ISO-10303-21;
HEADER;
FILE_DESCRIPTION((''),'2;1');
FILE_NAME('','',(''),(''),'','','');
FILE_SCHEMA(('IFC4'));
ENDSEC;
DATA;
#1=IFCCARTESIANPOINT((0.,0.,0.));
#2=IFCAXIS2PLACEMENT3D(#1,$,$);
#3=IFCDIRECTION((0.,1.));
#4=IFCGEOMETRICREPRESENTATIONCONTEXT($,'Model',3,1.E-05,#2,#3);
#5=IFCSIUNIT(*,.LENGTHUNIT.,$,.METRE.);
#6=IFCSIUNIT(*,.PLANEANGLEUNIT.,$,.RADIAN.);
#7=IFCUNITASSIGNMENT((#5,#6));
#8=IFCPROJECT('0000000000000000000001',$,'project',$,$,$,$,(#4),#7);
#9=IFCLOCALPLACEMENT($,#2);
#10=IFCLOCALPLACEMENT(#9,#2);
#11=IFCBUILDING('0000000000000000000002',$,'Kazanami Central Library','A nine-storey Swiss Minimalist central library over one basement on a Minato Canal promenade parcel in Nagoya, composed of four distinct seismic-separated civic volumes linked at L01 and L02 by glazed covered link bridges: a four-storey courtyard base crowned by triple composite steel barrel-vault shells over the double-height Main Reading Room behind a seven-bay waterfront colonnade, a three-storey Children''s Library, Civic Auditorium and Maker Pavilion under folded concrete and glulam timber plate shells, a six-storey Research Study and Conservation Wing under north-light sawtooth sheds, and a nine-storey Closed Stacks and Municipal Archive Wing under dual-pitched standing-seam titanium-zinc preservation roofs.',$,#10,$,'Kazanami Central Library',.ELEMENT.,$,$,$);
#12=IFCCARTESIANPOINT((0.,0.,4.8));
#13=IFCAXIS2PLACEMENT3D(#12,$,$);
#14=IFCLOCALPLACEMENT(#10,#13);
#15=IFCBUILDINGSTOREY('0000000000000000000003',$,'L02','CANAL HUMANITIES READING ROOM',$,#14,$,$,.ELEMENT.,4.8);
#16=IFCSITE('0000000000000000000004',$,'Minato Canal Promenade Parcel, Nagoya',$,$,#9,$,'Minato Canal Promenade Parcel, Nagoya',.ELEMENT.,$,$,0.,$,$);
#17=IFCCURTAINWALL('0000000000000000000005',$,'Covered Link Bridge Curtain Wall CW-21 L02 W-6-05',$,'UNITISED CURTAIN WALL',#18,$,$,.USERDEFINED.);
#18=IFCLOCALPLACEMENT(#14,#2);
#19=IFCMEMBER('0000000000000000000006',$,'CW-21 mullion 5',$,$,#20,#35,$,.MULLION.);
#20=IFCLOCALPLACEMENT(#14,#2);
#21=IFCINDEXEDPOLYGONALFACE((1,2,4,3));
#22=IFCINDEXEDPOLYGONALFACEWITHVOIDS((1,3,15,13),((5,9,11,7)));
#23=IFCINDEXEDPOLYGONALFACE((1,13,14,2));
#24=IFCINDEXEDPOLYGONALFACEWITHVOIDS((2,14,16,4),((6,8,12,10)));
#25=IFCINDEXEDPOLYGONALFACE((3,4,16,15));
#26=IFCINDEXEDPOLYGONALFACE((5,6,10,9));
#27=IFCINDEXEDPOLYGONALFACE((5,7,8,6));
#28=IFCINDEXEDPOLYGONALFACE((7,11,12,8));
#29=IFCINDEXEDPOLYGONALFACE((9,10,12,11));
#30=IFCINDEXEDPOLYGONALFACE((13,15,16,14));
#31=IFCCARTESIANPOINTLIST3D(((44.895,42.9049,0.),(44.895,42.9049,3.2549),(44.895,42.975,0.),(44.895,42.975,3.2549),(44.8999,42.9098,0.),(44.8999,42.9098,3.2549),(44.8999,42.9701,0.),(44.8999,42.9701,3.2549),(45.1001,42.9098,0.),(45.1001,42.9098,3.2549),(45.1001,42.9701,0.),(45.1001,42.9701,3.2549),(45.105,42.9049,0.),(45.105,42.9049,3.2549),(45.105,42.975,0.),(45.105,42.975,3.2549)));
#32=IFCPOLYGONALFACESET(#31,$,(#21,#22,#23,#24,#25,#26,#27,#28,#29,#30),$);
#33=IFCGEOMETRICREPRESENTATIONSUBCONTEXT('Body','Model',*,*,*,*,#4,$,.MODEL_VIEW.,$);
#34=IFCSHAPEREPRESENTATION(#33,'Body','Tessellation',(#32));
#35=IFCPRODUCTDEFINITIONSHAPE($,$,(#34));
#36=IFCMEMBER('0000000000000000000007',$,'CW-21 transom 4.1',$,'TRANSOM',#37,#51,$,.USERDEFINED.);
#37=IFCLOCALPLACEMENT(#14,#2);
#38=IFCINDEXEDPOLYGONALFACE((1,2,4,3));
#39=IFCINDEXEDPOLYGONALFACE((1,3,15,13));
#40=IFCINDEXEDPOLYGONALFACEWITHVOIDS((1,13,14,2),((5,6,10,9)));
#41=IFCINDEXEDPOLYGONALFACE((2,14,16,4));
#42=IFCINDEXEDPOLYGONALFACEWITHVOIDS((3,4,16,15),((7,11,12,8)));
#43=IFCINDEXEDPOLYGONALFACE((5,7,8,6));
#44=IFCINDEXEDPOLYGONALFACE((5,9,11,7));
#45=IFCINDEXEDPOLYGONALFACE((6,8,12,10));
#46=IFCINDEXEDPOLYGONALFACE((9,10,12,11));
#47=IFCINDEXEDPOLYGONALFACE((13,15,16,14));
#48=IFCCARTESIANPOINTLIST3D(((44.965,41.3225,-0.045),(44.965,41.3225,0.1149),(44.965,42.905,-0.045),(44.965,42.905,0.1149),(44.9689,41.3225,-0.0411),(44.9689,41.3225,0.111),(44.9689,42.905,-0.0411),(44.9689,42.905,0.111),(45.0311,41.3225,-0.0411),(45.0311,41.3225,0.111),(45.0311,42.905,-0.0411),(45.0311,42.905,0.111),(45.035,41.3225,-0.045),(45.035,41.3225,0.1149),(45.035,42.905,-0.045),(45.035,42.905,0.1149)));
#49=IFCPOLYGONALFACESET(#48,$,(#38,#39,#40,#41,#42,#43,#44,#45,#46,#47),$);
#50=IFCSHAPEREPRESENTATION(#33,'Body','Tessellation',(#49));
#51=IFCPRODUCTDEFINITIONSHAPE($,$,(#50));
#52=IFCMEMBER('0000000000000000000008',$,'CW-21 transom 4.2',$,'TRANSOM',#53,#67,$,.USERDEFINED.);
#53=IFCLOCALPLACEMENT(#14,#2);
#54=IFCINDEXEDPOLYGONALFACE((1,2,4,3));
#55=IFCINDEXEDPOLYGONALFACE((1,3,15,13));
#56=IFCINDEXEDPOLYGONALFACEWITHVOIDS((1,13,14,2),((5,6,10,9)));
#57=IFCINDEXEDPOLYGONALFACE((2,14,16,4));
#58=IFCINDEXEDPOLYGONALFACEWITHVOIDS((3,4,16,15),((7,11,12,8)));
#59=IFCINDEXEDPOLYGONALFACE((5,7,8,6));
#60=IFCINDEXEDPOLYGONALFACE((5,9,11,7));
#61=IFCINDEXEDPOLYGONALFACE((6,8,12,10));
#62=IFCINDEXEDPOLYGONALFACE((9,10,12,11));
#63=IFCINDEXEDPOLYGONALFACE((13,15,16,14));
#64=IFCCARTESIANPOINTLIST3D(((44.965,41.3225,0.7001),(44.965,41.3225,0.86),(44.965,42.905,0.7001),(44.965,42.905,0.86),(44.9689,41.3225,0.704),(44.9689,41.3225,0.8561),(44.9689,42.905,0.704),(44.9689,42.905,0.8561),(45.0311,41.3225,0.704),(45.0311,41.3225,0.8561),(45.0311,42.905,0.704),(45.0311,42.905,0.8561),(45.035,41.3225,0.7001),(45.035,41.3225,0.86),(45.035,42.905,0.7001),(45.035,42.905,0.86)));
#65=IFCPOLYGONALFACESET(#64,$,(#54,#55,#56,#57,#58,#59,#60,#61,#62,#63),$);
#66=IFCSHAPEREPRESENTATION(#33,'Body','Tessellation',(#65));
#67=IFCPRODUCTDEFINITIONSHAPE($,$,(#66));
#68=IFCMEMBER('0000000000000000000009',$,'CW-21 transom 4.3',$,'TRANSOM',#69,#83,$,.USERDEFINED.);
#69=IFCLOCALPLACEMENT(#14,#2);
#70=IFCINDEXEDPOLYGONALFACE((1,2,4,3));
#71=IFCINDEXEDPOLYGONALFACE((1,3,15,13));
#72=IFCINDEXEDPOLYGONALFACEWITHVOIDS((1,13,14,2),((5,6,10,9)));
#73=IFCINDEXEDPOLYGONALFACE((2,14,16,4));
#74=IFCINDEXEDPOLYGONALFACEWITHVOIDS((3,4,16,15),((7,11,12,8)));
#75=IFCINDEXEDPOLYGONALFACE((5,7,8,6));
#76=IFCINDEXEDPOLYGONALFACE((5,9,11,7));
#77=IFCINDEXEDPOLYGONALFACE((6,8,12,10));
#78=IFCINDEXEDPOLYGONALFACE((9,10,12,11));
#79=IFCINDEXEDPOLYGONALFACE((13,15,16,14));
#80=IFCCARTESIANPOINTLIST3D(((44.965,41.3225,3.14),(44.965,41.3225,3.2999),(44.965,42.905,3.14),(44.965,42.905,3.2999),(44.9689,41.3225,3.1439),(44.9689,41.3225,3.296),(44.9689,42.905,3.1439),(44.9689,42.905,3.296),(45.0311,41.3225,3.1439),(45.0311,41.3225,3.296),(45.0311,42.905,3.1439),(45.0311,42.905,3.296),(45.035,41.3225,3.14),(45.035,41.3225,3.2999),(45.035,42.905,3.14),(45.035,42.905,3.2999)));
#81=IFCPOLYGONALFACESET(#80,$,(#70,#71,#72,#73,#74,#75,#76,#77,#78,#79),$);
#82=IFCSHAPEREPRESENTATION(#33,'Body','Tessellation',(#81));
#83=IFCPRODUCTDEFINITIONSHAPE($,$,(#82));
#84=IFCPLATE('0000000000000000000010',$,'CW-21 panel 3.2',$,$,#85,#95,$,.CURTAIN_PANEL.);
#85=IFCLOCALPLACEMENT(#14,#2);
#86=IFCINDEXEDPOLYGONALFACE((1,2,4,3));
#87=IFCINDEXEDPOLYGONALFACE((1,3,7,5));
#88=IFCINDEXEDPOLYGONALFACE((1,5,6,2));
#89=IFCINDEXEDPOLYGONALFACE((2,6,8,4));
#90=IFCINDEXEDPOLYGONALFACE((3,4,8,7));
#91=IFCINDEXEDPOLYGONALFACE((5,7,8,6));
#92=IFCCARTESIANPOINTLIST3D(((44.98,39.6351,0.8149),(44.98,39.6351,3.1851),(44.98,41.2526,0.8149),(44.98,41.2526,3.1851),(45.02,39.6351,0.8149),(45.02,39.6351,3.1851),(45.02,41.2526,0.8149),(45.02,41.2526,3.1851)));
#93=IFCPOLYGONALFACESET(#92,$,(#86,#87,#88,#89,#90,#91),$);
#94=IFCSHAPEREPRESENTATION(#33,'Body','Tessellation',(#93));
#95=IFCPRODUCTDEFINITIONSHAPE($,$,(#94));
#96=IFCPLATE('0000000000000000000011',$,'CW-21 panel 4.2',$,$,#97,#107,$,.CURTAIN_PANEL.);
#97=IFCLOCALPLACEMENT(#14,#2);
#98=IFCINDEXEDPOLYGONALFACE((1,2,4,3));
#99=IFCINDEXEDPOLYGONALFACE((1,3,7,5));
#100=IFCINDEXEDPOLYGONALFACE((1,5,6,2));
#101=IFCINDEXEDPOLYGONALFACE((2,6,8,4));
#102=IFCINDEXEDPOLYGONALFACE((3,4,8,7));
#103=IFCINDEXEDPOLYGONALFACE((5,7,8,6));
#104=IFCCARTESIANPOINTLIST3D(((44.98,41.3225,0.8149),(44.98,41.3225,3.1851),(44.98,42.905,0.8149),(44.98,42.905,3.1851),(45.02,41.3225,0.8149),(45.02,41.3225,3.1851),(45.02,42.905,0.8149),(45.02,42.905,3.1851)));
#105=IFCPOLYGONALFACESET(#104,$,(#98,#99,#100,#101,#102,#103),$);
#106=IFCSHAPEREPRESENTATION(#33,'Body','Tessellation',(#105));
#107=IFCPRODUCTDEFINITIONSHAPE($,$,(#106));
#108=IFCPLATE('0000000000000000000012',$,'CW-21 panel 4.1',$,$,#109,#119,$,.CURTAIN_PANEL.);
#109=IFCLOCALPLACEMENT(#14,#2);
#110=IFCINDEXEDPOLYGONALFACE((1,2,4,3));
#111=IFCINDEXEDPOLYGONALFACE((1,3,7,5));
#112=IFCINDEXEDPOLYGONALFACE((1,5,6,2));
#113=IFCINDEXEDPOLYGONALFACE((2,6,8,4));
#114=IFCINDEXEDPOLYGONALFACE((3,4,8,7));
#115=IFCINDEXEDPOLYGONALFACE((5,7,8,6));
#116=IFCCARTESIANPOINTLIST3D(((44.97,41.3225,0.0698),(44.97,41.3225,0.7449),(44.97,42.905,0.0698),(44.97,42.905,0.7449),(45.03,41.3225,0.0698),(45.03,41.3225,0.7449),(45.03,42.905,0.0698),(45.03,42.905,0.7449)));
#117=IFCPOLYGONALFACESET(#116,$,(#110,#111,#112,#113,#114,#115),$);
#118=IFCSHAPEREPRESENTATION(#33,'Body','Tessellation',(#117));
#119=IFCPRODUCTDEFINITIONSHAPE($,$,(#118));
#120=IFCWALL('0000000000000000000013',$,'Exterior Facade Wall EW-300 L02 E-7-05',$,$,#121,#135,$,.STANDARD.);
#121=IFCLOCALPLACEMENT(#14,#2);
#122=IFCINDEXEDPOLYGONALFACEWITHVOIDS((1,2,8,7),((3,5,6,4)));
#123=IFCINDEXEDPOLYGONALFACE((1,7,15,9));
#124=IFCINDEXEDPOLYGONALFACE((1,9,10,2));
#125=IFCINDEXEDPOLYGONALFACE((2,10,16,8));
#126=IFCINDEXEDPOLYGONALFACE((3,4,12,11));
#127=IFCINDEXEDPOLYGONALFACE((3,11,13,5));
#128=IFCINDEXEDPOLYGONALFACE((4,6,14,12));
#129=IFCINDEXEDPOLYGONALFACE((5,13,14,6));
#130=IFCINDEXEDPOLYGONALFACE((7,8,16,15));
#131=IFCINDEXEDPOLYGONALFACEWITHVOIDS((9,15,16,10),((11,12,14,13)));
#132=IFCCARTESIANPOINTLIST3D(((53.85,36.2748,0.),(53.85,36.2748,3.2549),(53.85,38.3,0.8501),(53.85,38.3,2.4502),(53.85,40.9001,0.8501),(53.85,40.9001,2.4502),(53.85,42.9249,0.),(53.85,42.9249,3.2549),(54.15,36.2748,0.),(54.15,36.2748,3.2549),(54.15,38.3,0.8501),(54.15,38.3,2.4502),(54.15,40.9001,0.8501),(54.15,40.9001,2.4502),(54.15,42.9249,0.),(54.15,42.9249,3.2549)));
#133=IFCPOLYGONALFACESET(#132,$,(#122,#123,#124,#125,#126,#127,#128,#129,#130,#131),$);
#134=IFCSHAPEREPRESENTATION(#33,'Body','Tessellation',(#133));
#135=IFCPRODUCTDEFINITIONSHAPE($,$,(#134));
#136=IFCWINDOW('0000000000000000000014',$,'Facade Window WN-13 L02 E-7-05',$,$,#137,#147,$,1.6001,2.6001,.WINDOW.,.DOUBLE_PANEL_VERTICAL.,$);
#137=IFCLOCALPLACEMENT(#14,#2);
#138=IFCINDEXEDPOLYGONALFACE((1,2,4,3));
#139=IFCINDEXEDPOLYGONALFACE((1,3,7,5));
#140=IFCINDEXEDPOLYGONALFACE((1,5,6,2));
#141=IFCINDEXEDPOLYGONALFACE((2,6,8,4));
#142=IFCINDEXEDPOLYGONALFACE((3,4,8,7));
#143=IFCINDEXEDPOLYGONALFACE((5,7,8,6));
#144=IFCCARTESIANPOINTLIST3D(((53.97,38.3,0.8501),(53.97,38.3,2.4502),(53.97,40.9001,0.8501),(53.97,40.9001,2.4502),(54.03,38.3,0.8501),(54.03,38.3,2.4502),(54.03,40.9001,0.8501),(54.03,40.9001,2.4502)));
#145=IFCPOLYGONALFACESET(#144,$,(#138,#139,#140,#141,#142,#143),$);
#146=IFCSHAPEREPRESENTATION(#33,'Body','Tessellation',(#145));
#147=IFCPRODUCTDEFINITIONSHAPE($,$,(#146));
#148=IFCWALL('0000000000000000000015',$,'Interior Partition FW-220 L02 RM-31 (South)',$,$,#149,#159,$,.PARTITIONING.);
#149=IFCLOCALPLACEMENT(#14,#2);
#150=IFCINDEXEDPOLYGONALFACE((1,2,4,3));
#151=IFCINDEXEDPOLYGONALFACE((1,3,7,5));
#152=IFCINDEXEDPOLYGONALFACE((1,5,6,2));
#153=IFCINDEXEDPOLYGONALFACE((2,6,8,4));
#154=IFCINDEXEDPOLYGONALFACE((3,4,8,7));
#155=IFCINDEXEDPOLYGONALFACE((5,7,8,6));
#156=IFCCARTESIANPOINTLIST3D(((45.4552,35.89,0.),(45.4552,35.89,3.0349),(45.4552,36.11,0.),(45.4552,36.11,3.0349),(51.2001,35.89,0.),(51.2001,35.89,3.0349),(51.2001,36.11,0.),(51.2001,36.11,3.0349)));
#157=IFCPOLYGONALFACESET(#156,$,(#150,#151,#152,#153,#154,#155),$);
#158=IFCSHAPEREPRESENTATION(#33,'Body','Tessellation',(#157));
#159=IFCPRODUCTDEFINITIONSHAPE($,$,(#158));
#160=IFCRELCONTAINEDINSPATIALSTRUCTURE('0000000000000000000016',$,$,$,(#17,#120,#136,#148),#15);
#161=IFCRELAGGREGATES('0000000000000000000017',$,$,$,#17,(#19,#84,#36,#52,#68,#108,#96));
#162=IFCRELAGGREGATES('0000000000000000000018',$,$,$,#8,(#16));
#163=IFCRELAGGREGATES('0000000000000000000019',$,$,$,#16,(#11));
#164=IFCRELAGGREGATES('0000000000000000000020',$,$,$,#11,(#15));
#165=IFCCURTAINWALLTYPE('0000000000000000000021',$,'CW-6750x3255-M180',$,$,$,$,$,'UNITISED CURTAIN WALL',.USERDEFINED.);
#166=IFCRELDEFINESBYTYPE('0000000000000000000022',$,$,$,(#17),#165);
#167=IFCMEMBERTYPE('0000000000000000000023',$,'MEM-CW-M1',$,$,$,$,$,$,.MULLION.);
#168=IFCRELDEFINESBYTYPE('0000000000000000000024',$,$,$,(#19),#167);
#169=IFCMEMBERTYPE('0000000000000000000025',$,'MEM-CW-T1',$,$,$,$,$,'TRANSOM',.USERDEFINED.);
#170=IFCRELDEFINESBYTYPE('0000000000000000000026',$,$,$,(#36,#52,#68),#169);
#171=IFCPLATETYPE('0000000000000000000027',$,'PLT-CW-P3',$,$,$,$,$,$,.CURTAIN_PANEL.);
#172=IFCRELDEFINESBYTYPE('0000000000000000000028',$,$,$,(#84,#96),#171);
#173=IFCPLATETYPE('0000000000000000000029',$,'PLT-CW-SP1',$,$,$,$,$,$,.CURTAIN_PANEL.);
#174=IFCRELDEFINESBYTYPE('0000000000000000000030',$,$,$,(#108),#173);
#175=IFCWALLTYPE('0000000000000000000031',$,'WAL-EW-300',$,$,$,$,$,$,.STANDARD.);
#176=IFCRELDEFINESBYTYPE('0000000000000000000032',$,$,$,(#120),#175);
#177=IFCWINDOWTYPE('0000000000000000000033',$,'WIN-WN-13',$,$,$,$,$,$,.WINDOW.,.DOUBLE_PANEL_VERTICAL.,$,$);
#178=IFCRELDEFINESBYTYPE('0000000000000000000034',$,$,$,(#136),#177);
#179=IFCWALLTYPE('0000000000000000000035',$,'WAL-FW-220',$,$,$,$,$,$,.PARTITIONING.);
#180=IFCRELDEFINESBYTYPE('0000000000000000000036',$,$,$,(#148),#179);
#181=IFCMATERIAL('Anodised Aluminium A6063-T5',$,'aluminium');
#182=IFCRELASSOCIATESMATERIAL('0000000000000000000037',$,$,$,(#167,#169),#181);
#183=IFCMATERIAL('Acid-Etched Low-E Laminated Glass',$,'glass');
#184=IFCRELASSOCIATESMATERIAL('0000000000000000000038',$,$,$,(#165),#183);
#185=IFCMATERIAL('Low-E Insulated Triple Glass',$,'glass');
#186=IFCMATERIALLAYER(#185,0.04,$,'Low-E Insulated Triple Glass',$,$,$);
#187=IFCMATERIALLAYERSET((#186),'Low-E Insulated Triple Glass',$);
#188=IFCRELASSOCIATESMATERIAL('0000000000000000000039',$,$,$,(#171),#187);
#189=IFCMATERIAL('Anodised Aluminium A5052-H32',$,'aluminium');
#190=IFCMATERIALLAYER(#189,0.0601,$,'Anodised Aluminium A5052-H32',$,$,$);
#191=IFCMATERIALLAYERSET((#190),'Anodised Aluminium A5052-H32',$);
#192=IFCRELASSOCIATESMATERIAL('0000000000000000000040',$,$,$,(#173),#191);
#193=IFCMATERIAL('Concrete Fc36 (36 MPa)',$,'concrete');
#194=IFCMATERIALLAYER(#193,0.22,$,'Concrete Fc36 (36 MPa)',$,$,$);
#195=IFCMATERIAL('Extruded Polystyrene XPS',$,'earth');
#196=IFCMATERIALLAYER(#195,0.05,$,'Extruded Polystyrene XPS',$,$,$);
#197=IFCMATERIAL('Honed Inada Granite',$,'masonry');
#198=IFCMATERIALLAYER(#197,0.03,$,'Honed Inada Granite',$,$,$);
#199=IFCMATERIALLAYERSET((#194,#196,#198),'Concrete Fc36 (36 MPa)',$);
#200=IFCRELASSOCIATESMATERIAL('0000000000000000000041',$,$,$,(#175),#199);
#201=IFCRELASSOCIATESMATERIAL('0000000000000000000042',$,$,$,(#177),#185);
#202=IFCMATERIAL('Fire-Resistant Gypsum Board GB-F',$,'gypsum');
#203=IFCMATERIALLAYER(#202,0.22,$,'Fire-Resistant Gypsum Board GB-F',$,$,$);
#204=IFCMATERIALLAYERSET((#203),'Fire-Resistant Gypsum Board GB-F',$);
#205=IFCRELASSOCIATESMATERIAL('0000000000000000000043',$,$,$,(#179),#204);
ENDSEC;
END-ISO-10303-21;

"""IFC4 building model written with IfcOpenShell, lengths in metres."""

from ifc_helpers import new_model, si_unit, direction, frame, frame_2d, origin, origin_2d, place, context, subcontext, project, spatial, rectangle, hollow_rectangle, extrude, material, layer, layer_set, material_profile, profile_set, type_object, element, fill, aggregate, save


model = new_model("IFC4")

# Units and contexts
model_context = context("Model", 3, precision=1e-05, world=origin(), true_north=direction((0.0, 1.0)))
body_context = subcontext(model_context, "Body", "Model", "MODEL_VIEW")
ifc_project = project(units=[si_unit("LENGTHUNIT", "METRE"), si_unit("PLANEANGLEUNIT", "RADIAN")], contexts=[model_context])

# Site, building, storey
site_placement = place(None, origin())
site = spatial("IfcSite", under=ifc_project, at=site_placement, Name="Minato Canal Promenade Parcel, Nagoya", LongName="Minato Canal Promenade Parcel, Nagoya", CompositionType="ELEMENT", RefElevation=0.0)
building_placement = place(site_placement, origin())
building = spatial("IfcBuilding", under=site, at=building_placement, Name="Kazanami Central Library", Description="A nine-storey Swiss Minimalist central library over one basement on a Minato Canal promenade parcel in Nagoya, composed of four distinct seismic-separated civic volumes linked at L01 and L02 by glazed covered link bridges: a four-storey courtyard base crowned by triple composite steel barrel-vault shells over the double-height Main Reading Room behind a seven-bay waterfront colonnade, a three-storey Children's Library, Civic Auditorium and Maker Pavilion under folded concrete and glulam timber plate shells, a six-storey Research Study and Conservation Wing under north-light sawtooth sheds, and a nine-storey Closed Stacks and Municipal Archive Wing under dual-pitched standing-seam titanium-zinc preservation roofs.", LongName="Kazanami Central Library", CompositionType="ELEMENT")
storey_placement = place(building_placement, frame((0.0, 0.0, 4.8)))
storey = spatial("IfcBuildingStorey", under=building, at=storey_placement, Name="L02", Description="CANAL HUMANITIES READING ROOM", CompositionType="ELEMENT", Elevation=4.8)

# Shared definitions
ifc_material_1 = material(Name="Acid-Etched Low-E Laminated Glass", Category="glass")
ifc_material_2 = material(Name="Anodised Aluminium A6063-T5", Category="aluminium")
ifc_material_profile_1 = material_profile(ifc_material_2, hollow_rectangle(XDim=0.0701, YDim=0.21, WallThickness=0.0049, at=origin_2d()), Name="ALU-MULL-70x210x5")
ifc_profile_set_1 = profile_set([ifc_material_profile_1], Name="Anodised Aluminium A6063-T5")
member_type_1 = type_object("IfcMemberType", Name="MEM-CW-M1", PredefinedType="MULLION", material=ifc_profile_set_1)

# Curtain wall, members, plates
curtain_wall_type_1 = type_object("IfcCurtainWallType", Name="CW-6750x3255-M180", ElementType="UNITISED CURTAIN WALL", PredefinedType="USERDEFINED", material=ifc_material_1)
curtain_wall_1_placement = place(storey_placement, origin())
curtain_wall_1 = element("IfcCurtainWall", 1, at=curtain_wall_1_placement, inside=storey, type_object=curtain_wall_type_1, Name="Covered Link Bridge Curtain Wall CW-21 L02 W-6-05", ObjectType="UNITISED CURTAIN WALL", PredefinedType="USERDEFINED")
member_1_placement = place(storey_placement, frame((45.0, 42.9399, 0.0), z_axis=(0.0, 0.0, 1.0), x_axis=(0.0, 1.0, 0.0)))
member_1 = element("IfcMember", 2, at=member_1_placement, type_object=member_type_1, Name="CW-21 mullion 5", PredefinedType="MULLION", context=body_context, shape_type="SweptSolid", body=[
    extrude(hollow_rectangle(XDim=0.0701, YDim=0.21, WallThickness=0.0049, at=origin_2d()), origin(), (0.0, 0.0, 1.0), 3.2549),
])
ifc_material_profile_2 = material_profile(ifc_material_2, hollow_rectangle(XDim=0.0701, YDim=0.1599, WallThickness=0.0039, at=origin_2d()), Name="ALU-TRAN-70x160x4")
ifc_profile_set_2 = profile_set([ifc_material_profile_2], Name="Anodised Aluminium A6063-T5")
member_type_2 = type_object("IfcMemberType", Name="MEM-CW-T1", ElementType="TRANSOM", PredefinedType="USERDEFINED", material=ifc_profile_set_2)
member_2_placement = place(storey_placement, frame((45.0, 41.3225, 0.0349), z_axis=(0.0, 1.0, 0.0), x_axis=(-1.0, 0.0, 0.0)))
member_2 = element("IfcMember", 3, at=member_2_placement, type_object=member_type_2, Name="CW-21 transom 4.1", ObjectType="TRANSOM", PredefinedType="USERDEFINED", context=body_context, shape_type="SweptSolid", body=[
    extrude(hollow_rectangle(XDim=0.0701, YDim=0.1599, WallThickness=0.0039, at=origin_2d()), origin(), (0.0, 0.0, 1.0), 1.5825),
])
member_3_placement = place(storey_placement, frame((45.0, 41.3225, 0.78), z_axis=(0.0, 1.0, 0.0), x_axis=(-1.0, 0.0, 0.0)))
member_3 = element("IfcMember", 4, at=member_3_placement, type_object=member_type_2, Name="CW-21 transom 4.2", ObjectType="TRANSOM", PredefinedType="USERDEFINED", context=body_context, shape_type="SweptSolid", body=[
    extrude(hollow_rectangle(XDim=0.0701, YDim=0.1599, WallThickness=0.0039, at=origin_2d()), origin(), (0.0, 0.0, 1.0), 1.5825),
])
member_4_placement = place(storey_placement, frame((45.0, 41.3225, 3.22), z_axis=(0.0, 1.0, 0.0), x_axis=(-1.0, 0.0, 0.0)))
member_4 = element("IfcMember", 5, at=member_4_placement, type_object=member_type_2, Name="CW-21 transom 4.3", ObjectType="TRANSOM", PredefinedType="USERDEFINED", context=body_context, shape_type="SweptSolid", body=[
    extrude(hollow_rectangle(XDim=0.0701, YDim=0.1599, WallThickness=0.0039, at=origin_2d()), origin(), (0.0, 0.0, 1.0), 1.5825),
])
ifc_material_3 = material(Name="Low-E Insulated Triple Glass", Category="glass")
ifc_layer_1 = layer(ifc_material_3, 0.04, Name="Low-E Insulated Triple Glass")
ifc_layer_set_1 = layer_set([ifc_layer_1], Name="Low-E Insulated Triple Glass")
plate_type_1 = type_object("IfcPlateType", Name="PLT-CW-P3", PredefinedType="CURTAIN_PANEL", material=ifc_layer_set_1)
plate_1_placement = place(storey_placement, frame((45.0, 40.4438, 0.8149), z_axis=(0.0, 0.0, 1.0), x_axis=(0.0, 1.0, 0.0)))
plate_1 = element("IfcPlate", 6, at=plate_1_placement, type_object=plate_type_1, Name="CW-21 panel 3.2", PredefinedType="CURTAIN_PANEL", context=body_context, shape_type="SweptSolid", body=[
    extrude(rectangle(XDim=1.6174, YDim=0.04, at=origin_2d()), origin(), (0.0, 0.0, 1.0), 2.3701),
])
plate_2_placement = place(storey_placement, frame((45.0, 42.1138, 0.8149), z_axis=(0.0, 0.0, 1.0), x_axis=(0.0, 1.0, 0.0)))
plate_2 = element("IfcPlate", 7, at=plate_2_placement, type_object=plate_type_1, Name="CW-21 panel 4.2", PredefinedType="CURTAIN_PANEL", context=body_context, shape_type="SweptSolid", body=[
    extrude(rectangle(XDim=1.5825, YDim=0.04, at=origin_2d()), origin(), (0.0, 0.0, 1.0), 2.3701),
])
ifc_material_4 = material(Name="Anodised Aluminium A5052-H32", Category="aluminium")
ifc_layer_2 = layer(ifc_material_4, 0.0601, Name="Anodised Aluminium A5052-H32")
ifc_layer_set_2 = layer_set([ifc_layer_2], Name="Anodised Aluminium A5052-H32")
plate_type_2 = type_object("IfcPlateType", Name="PLT-CW-SP1", PredefinedType="CURTAIN_PANEL", material=ifc_layer_set_2)
plate_3_placement = place(storey_placement, frame((45.0, 42.1138, 0.0698), z_axis=(0.0, 0.0, 1.0), x_axis=(0.0, 1.0, 0.0)))
plate_3 = element("IfcPlate", 8, at=plate_3_placement, type_object=plate_type_2, Name="CW-21 panel 4.1", PredefinedType="CURTAIN_PANEL", context=body_context, shape_type="SweptSolid", body=[
    extrude(rectangle(XDim=1.5825, YDim=0.0601, at=origin_2d()), origin(), (0.0, 0.0, 1.0), 0.675),
])
aggregate(curtain_wall_1, [member_1, plate_1, member_2, member_3, member_4, plate_3, plate_2])

# Wall, opening, window
ifc_material_5 = material(Name="Concrete Fc36 (36 MPa)", Category="concrete")
ifc_layer_3 = layer(ifc_material_5, 0.22, Name="Concrete Fc36 (36 MPa)")
ifc_material_6 = material(Name="Extruded Polystyrene XPS", Category="earth")
ifc_layer_4 = layer(ifc_material_6, 0.05, Name="Extruded Polystyrene XPS")
ifc_material_7 = material(Name="Honed Inada Granite", Category="masonry")
ifc_layer_5 = layer(ifc_material_7, 0.03, Name="Honed Inada Granite")
ifc_layer_set_3 = layer_set([ifc_layer_3, ifc_layer_4, ifc_layer_5], Name="Concrete Fc36 (36 MPa)")
wall_type_1 = type_object("IfcWallType", Name="WAL-EW-300", PredefinedType="STANDARD", material=ifc_layer_set_3)
wall_1_placement = place(storey_placement, frame((54.0, 42.925, 0.0), z_axis=(0.0, 0.0, 1.0), x_axis=(0.0, -1.0, 0.0)))
wall_1 = element("IfcWall", 9, at=wall_1_placement, inside=storey, type_object=wall_type_1, Name="Exterior Facade Wall EW-300 L02 E-7-05", PredefinedType="STANDARD", context=body_context, shape_type="SweptSolid", body=[
    extrude(rectangle(XDim=6.6501, YDim=0.3, at=frame_2d((3.3252, 0.0))), origin(), (0.0, 0.0, 1.0), 3.2549),
])
opening_1_placement = place(wall_1_placement, frame((2.0249, 0.0, 0.8501)))
opening_1 = element("IfcOpeningElement", 10, at=opening_1_placement, cuts=wall_1, PredefinedType="OPENING", context=body_context, shape_type="SweptSolid", body=[
    extrude(rectangle(XDim=2.6001, YDim=1.6001, at=frame_2d((1.3, 0.8))), frame((0.0, 0.1621, 0.0), z_axis=(0.0, -1.0, 0.0), x_axis=(1.0, 0.0, 0.0)), (0.0, 0.0, 1.0), 0.324),
])
window_type = type_object("IfcWindowType", Name="WIN-WN-13", PartitioningType="DOUBLE_PANEL_VERTICAL", PredefinedType="WINDOW", material=ifc_material_3)
window_placement = place(opening_1_placement, origin())
window = element("IfcWindow", 11, at=window_placement, inside=storey, type_object=window_type, Name="Facade Window WN-13 L02 E-7-05", OverallHeight=1.6001, OverallWidth=2.6001, PartitioningType="DOUBLE_PANEL_VERTICAL", PredefinedType="WINDOW", context=body_context, shape_type="SweptSolid", body=[
    extrude(rectangle(XDim=2.6001, YDim=1.6001, at=frame_2d((1.3, 0.8))), frame((0.0, 0.03, 0.0), z_axis=(0.0, -1.0, 0.0), x_axis=(1.0, 0.0, 0.0)), (0.0, 0.0, 1.0), 0.0601),
])
fill(opening_1, window)

# Wall
ifc_material_8 = material(Name="Fire-Resistant Gypsum Board GB-F", Category="gypsum")
ifc_layer_6 = layer(ifc_material_8, 0.22, Name="Fire-Resistant Gypsum Board GB-F")
ifc_layer_set_4 = layer_set([ifc_layer_6], Name="Fire-Resistant Gypsum Board GB-F")
wall_type_2 = type_object("IfcWallType", Name="WAL-FW-220", PredefinedType="PARTITIONING", material=ifc_layer_set_4)
wall_2_placement = place(storey_placement, frame((45.4551, 36.0, 0.0), z_axis=(0.0, 0.0, 1.0), x_axis=(1.0, 0.0, 0.0)))
element("IfcWall", 12, at=wall_2_placement, inside=storey, type_object=wall_type_2, Name="Interior Partition FW-220 L02 RM-31 (South)", PredefinedType="PARTITIONING", context=body_context, shape_type="SweptSolid", body=[
    extrude(rectangle(XDim=5.7449, YDim=0.22, at=frame_2d((2.8726, 0.0))), origin(), (0.0, 0.0, 1.0), 3.0349),
])

save(model, "model.ifc")
